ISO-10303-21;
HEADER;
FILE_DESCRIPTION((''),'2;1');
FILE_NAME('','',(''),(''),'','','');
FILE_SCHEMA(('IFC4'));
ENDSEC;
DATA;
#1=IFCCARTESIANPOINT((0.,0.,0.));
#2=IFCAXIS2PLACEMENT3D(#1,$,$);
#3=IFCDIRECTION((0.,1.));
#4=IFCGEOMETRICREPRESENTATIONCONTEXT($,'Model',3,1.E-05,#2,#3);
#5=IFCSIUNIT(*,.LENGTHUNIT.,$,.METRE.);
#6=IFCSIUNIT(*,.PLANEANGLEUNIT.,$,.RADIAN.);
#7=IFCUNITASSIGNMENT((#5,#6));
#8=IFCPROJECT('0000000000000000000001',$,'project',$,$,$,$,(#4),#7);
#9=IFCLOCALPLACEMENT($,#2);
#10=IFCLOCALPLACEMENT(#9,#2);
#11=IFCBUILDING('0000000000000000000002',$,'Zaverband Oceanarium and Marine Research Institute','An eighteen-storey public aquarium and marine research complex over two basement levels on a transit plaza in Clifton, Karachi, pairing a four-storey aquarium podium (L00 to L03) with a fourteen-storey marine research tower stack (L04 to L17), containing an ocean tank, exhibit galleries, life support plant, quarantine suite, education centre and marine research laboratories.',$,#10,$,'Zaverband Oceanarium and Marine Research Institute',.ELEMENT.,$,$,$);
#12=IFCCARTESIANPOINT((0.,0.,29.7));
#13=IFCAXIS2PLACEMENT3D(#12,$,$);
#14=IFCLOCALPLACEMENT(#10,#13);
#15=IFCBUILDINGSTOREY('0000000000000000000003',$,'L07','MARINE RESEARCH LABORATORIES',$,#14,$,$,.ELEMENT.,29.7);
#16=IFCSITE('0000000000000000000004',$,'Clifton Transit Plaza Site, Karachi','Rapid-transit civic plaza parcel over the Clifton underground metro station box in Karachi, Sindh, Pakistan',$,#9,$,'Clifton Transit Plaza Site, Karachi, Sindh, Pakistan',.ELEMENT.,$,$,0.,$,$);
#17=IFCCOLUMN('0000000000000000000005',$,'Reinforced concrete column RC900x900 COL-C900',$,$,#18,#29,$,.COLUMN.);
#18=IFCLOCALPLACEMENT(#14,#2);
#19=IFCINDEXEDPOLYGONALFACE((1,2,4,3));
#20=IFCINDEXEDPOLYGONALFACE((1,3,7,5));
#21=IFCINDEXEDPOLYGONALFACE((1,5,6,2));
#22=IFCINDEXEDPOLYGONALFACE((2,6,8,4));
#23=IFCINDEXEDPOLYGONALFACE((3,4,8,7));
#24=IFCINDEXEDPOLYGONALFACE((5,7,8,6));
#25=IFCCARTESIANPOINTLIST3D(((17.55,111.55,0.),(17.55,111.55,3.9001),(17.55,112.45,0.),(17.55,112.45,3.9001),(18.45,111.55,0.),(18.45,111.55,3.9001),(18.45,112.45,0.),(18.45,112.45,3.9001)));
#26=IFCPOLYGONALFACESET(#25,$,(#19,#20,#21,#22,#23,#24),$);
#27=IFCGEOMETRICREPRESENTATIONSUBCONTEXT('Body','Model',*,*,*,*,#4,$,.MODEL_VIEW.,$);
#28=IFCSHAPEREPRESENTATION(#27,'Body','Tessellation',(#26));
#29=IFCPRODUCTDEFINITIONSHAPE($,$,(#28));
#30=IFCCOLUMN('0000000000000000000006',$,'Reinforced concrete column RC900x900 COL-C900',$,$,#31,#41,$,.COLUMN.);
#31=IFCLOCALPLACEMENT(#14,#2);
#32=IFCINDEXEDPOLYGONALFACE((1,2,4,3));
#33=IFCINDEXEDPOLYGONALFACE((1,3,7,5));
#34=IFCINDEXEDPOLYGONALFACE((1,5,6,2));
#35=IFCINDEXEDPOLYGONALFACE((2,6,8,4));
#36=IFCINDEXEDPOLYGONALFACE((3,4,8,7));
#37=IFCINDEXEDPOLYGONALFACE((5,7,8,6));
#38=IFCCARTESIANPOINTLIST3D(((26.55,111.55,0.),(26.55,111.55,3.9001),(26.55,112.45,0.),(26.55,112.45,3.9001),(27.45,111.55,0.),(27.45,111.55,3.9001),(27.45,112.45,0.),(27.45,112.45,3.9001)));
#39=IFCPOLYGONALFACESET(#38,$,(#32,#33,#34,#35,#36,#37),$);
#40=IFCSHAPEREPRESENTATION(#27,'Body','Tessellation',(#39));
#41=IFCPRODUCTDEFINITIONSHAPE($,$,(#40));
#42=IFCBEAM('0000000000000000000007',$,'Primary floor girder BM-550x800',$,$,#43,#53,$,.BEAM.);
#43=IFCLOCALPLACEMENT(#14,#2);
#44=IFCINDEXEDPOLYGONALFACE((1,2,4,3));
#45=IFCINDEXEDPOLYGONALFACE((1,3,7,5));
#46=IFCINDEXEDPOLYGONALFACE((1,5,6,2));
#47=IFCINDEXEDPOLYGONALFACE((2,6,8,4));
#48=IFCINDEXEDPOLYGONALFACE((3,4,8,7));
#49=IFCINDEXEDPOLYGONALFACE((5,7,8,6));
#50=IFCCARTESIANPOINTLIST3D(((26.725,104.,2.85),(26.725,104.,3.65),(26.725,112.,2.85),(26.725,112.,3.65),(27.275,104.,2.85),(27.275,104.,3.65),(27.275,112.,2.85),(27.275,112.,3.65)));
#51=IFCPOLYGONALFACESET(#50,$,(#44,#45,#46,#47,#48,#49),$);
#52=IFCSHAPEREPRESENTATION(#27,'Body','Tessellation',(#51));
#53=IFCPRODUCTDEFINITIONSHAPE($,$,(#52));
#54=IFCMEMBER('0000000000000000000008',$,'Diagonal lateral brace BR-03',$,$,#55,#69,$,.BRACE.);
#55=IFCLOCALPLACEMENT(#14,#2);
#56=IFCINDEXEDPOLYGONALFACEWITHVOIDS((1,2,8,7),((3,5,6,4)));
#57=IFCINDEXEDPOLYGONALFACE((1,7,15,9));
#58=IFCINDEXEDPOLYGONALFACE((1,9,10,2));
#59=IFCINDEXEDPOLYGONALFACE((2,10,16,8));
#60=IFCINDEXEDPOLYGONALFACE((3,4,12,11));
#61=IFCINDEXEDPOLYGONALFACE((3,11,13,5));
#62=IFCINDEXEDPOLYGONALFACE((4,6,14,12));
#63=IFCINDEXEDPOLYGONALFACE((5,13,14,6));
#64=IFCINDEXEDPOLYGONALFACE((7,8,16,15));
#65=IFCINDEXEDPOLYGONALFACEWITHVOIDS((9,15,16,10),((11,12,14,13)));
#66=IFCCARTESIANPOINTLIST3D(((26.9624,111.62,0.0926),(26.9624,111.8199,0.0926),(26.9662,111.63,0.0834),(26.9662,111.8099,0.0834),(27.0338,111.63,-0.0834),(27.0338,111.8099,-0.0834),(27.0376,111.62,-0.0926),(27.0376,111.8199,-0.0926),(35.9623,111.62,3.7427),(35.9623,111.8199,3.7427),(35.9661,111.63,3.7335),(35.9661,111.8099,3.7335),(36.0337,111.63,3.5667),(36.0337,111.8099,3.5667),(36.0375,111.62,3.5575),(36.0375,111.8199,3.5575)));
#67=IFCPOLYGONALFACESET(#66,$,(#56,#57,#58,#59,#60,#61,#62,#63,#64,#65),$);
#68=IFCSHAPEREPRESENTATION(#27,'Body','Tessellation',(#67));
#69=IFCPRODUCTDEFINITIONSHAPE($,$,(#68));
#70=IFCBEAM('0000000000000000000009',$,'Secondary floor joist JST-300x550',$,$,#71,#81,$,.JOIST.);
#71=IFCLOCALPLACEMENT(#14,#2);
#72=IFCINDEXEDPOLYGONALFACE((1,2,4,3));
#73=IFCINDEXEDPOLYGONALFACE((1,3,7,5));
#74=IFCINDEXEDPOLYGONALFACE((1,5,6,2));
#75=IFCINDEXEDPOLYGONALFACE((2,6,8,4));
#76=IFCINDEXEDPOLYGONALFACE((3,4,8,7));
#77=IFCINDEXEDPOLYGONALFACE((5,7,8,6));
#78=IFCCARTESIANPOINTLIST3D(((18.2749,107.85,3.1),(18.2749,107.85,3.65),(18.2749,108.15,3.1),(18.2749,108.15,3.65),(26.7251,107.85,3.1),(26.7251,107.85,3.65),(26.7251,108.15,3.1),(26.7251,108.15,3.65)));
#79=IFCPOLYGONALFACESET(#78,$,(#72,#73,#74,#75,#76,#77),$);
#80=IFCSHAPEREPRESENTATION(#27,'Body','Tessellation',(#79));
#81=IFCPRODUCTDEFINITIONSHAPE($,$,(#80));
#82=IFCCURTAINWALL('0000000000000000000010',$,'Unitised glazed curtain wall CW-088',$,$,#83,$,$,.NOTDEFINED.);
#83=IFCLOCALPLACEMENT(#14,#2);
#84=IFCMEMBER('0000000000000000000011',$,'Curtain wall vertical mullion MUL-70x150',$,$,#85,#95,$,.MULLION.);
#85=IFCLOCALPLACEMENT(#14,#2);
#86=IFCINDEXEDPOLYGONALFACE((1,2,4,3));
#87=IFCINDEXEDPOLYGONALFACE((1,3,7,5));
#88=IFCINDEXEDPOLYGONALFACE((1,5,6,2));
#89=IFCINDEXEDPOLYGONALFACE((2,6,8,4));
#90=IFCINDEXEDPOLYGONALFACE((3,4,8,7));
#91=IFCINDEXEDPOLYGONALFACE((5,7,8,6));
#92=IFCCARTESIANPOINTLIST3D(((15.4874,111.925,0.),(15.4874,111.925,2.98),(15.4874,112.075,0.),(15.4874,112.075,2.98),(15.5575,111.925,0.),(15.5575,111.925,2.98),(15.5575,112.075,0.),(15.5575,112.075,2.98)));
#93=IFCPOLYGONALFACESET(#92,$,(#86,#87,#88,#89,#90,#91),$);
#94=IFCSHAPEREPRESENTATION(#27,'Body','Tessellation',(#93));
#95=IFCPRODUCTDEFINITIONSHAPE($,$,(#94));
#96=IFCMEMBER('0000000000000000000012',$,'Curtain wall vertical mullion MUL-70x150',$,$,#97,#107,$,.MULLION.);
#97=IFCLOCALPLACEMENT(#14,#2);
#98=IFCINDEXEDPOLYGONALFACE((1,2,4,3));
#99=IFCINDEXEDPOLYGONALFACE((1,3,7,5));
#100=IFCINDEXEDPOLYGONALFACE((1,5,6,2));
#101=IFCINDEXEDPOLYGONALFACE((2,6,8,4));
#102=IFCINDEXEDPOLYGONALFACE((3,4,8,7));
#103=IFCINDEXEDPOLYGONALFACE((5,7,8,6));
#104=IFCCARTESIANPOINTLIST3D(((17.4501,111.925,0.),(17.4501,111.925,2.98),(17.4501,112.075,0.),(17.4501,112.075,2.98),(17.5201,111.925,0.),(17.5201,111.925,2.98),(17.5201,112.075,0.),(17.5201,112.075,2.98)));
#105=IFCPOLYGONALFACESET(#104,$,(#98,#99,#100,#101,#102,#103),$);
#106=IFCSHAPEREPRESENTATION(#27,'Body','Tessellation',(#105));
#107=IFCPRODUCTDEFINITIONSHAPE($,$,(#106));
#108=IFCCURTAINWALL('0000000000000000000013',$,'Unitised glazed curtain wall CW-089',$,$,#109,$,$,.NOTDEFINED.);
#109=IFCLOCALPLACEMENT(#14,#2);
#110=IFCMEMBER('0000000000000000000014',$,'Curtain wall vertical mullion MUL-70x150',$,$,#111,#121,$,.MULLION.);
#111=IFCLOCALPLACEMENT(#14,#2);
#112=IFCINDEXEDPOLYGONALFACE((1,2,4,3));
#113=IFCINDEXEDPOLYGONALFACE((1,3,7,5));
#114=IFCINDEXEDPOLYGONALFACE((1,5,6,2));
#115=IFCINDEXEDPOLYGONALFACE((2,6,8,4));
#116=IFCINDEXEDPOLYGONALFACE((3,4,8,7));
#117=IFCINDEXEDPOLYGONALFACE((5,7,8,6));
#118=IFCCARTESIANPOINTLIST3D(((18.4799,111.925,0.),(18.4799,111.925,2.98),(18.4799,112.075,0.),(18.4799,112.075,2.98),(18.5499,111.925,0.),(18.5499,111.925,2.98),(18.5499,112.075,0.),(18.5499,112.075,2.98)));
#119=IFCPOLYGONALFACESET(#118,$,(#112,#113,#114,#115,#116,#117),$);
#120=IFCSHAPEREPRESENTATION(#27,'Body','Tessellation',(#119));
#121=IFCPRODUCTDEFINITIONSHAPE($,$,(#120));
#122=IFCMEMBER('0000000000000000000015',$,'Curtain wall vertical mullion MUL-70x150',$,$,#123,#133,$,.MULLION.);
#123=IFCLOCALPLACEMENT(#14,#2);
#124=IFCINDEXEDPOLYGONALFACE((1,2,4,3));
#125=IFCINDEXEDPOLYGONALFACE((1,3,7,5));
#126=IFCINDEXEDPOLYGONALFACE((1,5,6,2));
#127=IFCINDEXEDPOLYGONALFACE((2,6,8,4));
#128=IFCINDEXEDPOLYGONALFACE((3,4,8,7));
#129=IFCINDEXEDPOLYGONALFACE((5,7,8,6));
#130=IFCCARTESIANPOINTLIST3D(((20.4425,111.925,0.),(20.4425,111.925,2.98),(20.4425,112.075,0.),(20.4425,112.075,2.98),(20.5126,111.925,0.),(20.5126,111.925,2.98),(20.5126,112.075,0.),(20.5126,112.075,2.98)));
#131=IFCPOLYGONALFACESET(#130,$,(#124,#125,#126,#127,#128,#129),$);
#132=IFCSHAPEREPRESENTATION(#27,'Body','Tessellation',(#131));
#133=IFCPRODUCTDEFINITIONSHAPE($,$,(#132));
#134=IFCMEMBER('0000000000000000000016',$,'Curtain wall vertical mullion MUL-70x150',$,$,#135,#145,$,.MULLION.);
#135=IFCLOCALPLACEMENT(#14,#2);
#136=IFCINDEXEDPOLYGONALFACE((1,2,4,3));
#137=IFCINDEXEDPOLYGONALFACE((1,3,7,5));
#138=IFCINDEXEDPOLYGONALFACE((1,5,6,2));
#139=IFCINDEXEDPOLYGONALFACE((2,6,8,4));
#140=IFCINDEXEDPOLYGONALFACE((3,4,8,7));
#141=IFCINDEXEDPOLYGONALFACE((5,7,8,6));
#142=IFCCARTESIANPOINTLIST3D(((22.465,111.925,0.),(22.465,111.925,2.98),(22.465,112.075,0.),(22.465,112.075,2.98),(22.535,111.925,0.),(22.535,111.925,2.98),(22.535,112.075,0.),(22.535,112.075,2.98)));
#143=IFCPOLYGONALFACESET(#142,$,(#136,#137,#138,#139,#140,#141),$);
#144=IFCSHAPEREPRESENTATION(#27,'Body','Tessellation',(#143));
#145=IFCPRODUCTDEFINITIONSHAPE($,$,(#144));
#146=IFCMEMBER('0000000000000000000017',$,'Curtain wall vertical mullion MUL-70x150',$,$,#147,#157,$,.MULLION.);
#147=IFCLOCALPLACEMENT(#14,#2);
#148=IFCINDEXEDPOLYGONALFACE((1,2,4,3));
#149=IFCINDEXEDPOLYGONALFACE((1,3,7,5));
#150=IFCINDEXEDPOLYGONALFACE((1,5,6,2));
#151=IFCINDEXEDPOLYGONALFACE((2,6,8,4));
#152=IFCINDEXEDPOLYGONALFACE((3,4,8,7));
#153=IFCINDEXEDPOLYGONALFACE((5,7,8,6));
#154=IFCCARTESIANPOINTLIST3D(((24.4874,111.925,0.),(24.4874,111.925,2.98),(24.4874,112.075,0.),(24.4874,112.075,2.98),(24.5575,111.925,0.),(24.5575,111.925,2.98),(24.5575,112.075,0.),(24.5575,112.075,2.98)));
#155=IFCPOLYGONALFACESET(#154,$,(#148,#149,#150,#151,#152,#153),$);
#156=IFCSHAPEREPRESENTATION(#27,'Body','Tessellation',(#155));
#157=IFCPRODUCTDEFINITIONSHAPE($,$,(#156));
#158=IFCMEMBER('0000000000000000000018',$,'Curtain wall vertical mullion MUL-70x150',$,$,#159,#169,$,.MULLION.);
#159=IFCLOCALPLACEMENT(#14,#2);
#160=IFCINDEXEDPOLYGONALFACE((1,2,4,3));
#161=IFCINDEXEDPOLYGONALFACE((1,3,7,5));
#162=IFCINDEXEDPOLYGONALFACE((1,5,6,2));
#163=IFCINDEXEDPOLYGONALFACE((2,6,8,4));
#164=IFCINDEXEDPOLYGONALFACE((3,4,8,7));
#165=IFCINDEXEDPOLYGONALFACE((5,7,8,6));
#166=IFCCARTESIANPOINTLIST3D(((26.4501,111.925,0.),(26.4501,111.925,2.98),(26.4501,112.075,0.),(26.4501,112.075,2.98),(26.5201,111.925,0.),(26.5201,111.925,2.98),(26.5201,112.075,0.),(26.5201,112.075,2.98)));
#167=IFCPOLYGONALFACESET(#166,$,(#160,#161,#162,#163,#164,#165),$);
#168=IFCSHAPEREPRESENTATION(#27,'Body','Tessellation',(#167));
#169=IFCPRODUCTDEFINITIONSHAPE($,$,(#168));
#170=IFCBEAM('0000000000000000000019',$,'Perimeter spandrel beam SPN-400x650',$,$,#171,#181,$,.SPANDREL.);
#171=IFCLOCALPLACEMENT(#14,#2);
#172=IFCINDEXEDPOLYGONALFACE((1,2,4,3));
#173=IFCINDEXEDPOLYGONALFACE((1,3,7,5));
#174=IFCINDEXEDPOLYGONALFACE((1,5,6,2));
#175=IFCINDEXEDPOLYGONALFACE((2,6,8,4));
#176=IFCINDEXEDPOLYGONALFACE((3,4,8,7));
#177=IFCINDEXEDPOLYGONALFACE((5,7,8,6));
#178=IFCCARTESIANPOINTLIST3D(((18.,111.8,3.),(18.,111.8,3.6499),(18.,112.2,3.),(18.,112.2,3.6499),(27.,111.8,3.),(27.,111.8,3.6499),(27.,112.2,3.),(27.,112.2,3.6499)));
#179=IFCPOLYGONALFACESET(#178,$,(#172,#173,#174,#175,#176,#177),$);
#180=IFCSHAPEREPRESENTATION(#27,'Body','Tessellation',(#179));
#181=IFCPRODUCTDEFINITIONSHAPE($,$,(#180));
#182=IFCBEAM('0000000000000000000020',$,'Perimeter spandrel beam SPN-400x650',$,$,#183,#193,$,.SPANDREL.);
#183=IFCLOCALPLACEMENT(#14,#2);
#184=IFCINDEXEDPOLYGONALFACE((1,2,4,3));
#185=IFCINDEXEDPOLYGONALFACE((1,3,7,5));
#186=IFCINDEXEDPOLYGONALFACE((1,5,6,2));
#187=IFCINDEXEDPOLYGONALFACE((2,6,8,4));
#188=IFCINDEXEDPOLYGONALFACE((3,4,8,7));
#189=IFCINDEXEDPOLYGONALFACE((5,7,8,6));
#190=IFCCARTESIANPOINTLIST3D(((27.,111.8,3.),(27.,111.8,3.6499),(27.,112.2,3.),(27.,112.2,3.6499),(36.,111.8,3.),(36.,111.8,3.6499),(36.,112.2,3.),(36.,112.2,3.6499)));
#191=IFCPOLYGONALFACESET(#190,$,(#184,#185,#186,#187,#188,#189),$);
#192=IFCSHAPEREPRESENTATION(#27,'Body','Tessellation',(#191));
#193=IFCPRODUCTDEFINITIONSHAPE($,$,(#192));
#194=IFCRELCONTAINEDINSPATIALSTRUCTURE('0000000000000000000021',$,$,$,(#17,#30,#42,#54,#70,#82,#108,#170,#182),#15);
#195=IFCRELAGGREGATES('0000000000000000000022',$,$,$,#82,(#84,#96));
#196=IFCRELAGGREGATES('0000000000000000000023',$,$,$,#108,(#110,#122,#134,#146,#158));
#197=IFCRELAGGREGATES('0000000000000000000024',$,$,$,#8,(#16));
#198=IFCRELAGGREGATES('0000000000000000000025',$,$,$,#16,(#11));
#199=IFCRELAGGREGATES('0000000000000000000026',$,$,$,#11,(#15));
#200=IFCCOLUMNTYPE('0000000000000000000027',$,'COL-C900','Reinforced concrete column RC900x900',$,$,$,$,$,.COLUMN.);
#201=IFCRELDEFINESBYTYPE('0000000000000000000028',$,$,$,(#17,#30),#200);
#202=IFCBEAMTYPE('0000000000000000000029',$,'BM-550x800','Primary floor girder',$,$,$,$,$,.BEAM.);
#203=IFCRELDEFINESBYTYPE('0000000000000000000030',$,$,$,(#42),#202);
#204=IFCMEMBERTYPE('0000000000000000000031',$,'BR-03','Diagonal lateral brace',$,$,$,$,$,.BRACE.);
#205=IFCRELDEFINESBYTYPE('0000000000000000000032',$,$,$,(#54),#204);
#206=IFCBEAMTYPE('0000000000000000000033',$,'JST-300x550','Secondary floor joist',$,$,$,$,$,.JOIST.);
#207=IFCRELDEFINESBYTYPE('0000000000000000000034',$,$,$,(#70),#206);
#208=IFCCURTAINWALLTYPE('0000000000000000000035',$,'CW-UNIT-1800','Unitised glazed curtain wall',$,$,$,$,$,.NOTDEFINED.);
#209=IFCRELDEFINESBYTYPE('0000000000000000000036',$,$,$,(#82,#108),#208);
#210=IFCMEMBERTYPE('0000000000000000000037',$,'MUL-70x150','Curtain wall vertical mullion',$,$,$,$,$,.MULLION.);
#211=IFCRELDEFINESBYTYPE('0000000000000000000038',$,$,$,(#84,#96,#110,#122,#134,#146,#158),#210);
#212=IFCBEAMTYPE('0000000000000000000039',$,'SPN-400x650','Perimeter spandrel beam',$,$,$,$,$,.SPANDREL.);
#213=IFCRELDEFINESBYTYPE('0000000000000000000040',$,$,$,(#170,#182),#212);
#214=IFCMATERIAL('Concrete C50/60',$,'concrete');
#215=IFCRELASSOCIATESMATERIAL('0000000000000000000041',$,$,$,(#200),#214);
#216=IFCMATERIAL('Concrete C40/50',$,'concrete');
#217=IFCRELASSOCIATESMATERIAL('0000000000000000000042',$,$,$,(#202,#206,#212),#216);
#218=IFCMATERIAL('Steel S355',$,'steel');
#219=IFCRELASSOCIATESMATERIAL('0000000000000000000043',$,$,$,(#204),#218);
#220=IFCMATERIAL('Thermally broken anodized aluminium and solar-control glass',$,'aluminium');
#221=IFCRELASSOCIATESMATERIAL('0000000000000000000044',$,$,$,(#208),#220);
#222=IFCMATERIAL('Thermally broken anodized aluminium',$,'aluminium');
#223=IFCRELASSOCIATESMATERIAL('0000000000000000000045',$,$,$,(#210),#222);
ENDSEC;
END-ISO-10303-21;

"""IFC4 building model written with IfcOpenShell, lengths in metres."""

from ifc_helpers import new_model, si_unit, direction, frame, origin, origin_2d, place, context, subcontext, project, spatial, rectangle, hollow_rectangle, extrude, material, material_profile, profile_set, type_object, element, aggregate, save


model = new_model("IFC4")

# Units and contexts
model_context = context("Model", 3, precision=1e-05, world=origin(), true_north=direction((0.0, 1.0)))
body_context = subcontext(model_context, "Body", "Model", "MODEL_VIEW")
ifc_project = project(units=[si_unit("LENGTHUNIT", "METRE"), si_unit("PLANEANGLEUNIT", "RADIAN")], contexts=[model_context])

# Site, building, storey
site_placement = place(None, origin())
site = spatial("IfcSite", under=ifc_project, at=site_placement, Name="Clifton Transit Plaza Site, Karachi", Description="Rapid-transit civic plaza parcel over the Clifton underground metro station box in Karachi, Sindh, Pakistan", LongName="Clifton Transit Plaza Site, Karachi, Sindh, Pakistan", CompositionType="ELEMENT", RefElevation=0.0)
building_placement = place(site_placement, origin())
building = spatial("IfcBuilding", under=site, at=building_placement, Name="Zaverband Oceanarium and Marine Research Institute", Description="An eighteen-storey public aquarium and marine research complex over two basement levels on a transit plaza in Clifton, Karachi, pairing a four-storey aquarium podium (L00 to L03) with a fourteen-storey marine research tower stack (L04 to L17), containing an ocean tank, exhibit galleries, life support plant, quarantine suite, education centre and marine research laboratories.", LongName="Zaverband Oceanarium and Marine Research Institute", CompositionType="ELEMENT")
storey_placement = place(building_placement, frame((0.0, 0.0, 29.7)))
storey = spatial("IfcBuildingStorey", under=building, at=storey_placement, Name="L07", Description="MARINE RESEARCH LABORATORIES", CompositionType="ELEMENT", Elevation=29.7)

# Columns
ifc_material_1 = material(Name="Concrete C50/60", Category="concrete")
ifc_material_profile_1 = material_profile(ifc_material_1, rectangle(XDim=0.8999, YDim=0.8999, at=origin_2d()), Name="RC900x900")
ifc_profile_set_1 = profile_set([ifc_material_profile_1], Name="Concrete C50/60")
column_type = type_object("IfcColumnType", Name="COL-C900", Description="Reinforced concrete column RC900x900", PredefinedType="COLUMN", material=ifc_profile_set_1)
for number, where, z_axis, x_axis, name in (
    (1, (18.0, 112.0, 0.0), (0.0, 0.0, 1.0), (1.0, 0.0, 0.0), "Reinforced concrete column RC900x900 COL-C900"),
    (2, (27.0, 112.0, 0.0), (0.0, 0.0, 1.0), (1.0, 0.0, 0.0), "Reinforced concrete column RC900x900 COL-C900"),
):
    element("IfcColumn", number, at=place(storey_placement, frame(where, z_axis=z_axis, x_axis=x_axis)), inside=storey, type_object=column_type, Name=name, PredefinedType="COLUMN", context=body_context, shape_type="SweptSolid", body=[
        extrude(rectangle(XDim=0.8999, YDim=0.8999, at=origin_2d()), origin(), (0.0, 0.0, 1.0), 3.9001),
    ])

# Beam
ifc_material_2 = material(Name="Concrete C40/50", Category="concrete")
ifc_material_profile_2 = material_profile(ifc_material_2, rectangle(XDim=0.55, YDim=0.8, at=origin_2d()), Name="RC550x800")
ifc_profile_set_2 = profile_set([ifc_material_profile_2], Name="Concrete C40/50")
beam_type_1 = type_object("IfcBeamType", Name="BM-550x800", Description="Primary floor girder", PredefinedType="BEAM", material=ifc_profile_set_2)
beam_1_placement = place(storey_placement, frame((27.0, 104.0, 3.25), z_axis=(0.0, 1.0, 0.0), x_axis=(-1.0, 0.0, 0.0)))
element("IfcBeam", 3, at=beam_1_placement, inside=storey, type_object=beam_type_1, Name="Primary floor girder BM-550x800", PredefinedType="BEAM", context=body_context, shape_type="SweptSolid", body=[
    extrude(rectangle(XDim=0.55, YDim=0.8, at=origin_2d()), origin(), (0.0, 0.0, 1.0), 8.0),
])

# Member
ifc_material_3 = material(Name="Steel S355", Category="steel")
ifc_material_profile_3 = material_profile(ifc_material_3, hollow_rectangle(XDim=0.2, YDim=0.2, WallThickness=0.01, at=origin_2d()), Name="SHS200x200x10")
ifc_profile_set_3 = profile_set([ifc_material_profile_3], Name="Steel S355")
member_type_1 = type_object("IfcMemberType", Name="BR-03", Description="Diagonal lateral brace", PredefinedType="BRACE", material=ifc_profile_set_3)
member_1_placement = place(storey_placement, frame((27.0, 111.72, 0.0), z_axis=(0.926686, 0.0, 0.375838), x_axis=(0.0, 1.0, 0.0)))
element("IfcMember", 4, at=member_1_placement, inside=storey, type_object=member_type_1, Name="Diagonal lateral brace BR-03", PredefinedType="BRACE", context=body_context, shape_type="SweptSolid", body=[
    extrude(hollow_rectangle(XDim=0.2, YDim=0.2, WallThickness=0.01, at=origin_2d()), origin(), (0.0, 0.0, 1.0), 9.7119),
])

# Beam
ifc_material_profile_4 = material_profile(ifc_material_2, rectangle(XDim=0.3, YDim=0.55, at=origin_2d()), Name="RC300x550")
ifc_profile_set_4 = profile_set([ifc_material_profile_4], Name="Concrete C40/50")
beam_type_2 = type_object("IfcBeamType", Name="JST-300x550", Description="Secondary floor joist", PredefinedType="JOIST", material=ifc_profile_set_4)
beam_2_placement = place(storey_placement, frame((18.2749, 108.0, 3.375), z_axis=(1.0, 0.0, 0.0), x_axis=(0.0, 1.0, 0.0)))
element("IfcBeam", 5, at=beam_2_placement, inside=storey, type_object=beam_type_2, Name="Secondary floor joist JST-300x550", PredefinedType="JOIST", context=body_context, shape_type="SweptSolid", body=[
    extrude(rectangle(XDim=0.3, YDim=0.55, at=origin_2d()), origin(), (0.0, 0.0, 1.0), 8.4502),
])

# Curtain walls, members
ifc_material_4 = material(Name="Thermally broken anodized aluminium and solar-control glass", Category="aluminium")
curtain_wall_type = type_object("IfcCurtainWallType", Name="CW-UNIT-1800", Description="Unitised glazed curtain wall", PredefinedType="NOTDEFINED", material=ifc_material_4)
curtain_wall_1_placement = place(storey_placement, origin())
curtain_wall_1 = element("IfcCurtainWall", 6, at=curtain_wall_1_placement, inside=storey, type_object=curtain_wall_type, Name="Unitised glazed curtain wall CW-088", PredefinedType="NOTDEFINED")
ifc_material_5 = material(Name="Thermally broken anodized aluminium", Category="aluminium")
ifc_material_profile_5 = material_profile(ifc_material_5, rectangle(XDim=0.0701, YDim=0.1499, at=origin_2d()), Name="AL-MUL-70x150")
ifc_profile_set_5 = profile_set([ifc_material_profile_5], Name="Thermally broken anodized aluminium")
member_type_2 = type_object("IfcMemberType", Name="MUL-70x150", Description="Curtain wall vertical mullion", PredefinedType="MULLION", material=ifc_profile_set_5)
member_2_placement = place(storey_placement, frame((15.5225, 112.0, 0.0), z_axis=(0.0, 0.0, 1.0), x_axis=(1.0, 0.0, 0.0)))
member_2 = element("IfcMember", 7, at=member_2_placement, type_object=member_type_2, Name="Curtain wall vertical mullion MUL-70x150", PredefinedType="MULLION", context=body_context, shape_type="SweptSolid", body=[
    extrude(rectangle(XDim=0.0701, YDim=0.1499, at=origin_2d()), origin(), (0.0, 0.0, 1.0), 2.98),
])
member_3_placement = place(storey_placement, frame((17.4851, 112.0, 0.0), z_axis=(0.0, 0.0, 1.0), x_axis=(1.0, 0.0, 0.0)))
member_3 = element("IfcMember", 8, at=member_3_placement, type_object=member_type_2, Name="Curtain wall vertical mullion MUL-70x150", PredefinedType="MULLION", context=body_context, shape_type="SweptSolid", body=[
    extrude(rectangle(XDim=0.0701, YDim=0.1499, at=origin_2d()), origin(), (0.0, 0.0, 1.0), 2.98),
])
curtain_wall_2_placement = place(storey_placement, origin())
curtain_wall_2 = element("IfcCurtainWall", 9, at=curtain_wall_2_placement, inside=storey, type_object=curtain_wall_type, Name="Unitised glazed curtain wall CW-089", PredefinedType="NOTDEFINED")
member_4_placement = place(storey_placement, frame((18.5149, 112.0, 0.0), z_axis=(0.0, 0.0, 1.0), x_axis=(1.0, 0.0, 0.0)))
member_4 = element("IfcMember", 10, at=member_4_placement, type_object=member_type_2, Name="Curtain wall vertical mullion MUL-70x150", PredefinedType="MULLION", context=body_context, shape_type="SweptSolid", body=[
    extrude(rectangle(XDim=0.0701, YDim=0.1499, at=origin_2d()), origin(), (0.0, 0.0, 1.0), 2.98),
])
member_5_placement = place(storey_placement, frame((20.4775, 112.0, 0.0), z_axis=(0.0, 0.0, 1.0), x_axis=(1.0, 0.0, 0.0)))
member_5 = element("IfcMember", 11, at=member_5_placement, type_object=member_type_2, Name="Curtain wall vertical mullion MUL-70x150", PredefinedType="MULLION", context=body_context, shape_type="SweptSolid", body=[
    extrude(rectangle(XDim=0.0701, YDim=0.1499, at=origin_2d()), origin(), (0.0, 0.0, 1.0), 2.98),
])
member_6_placement = place(storey_placement, frame((22.5, 112.0, 0.0), z_axis=(0.0, 0.0, 1.0), x_axis=(1.0, 0.0, 0.0)))
member_6 = element("IfcMember", 12, at=member_6_placement, type_object=member_type_2, Name="Curtain wall vertical mullion MUL-70x150", PredefinedType="MULLION", context=body_context, shape_type="SweptSolid", body=[
    extrude(rectangle(XDim=0.0701, YDim=0.1499, at=origin_2d()), origin(), (0.0, 0.0, 1.0), 2.98),
])
member_7_placement = place(storey_placement, frame((24.5225, 112.0, 0.0), z_axis=(0.0, 0.0, 1.0), x_axis=(1.0, 0.0, 0.0)))
member_7 = element("IfcMember", 13, at=member_7_placement, type_object=member_type_2, Name="Curtain wall vertical mullion MUL-70x150", PredefinedType="MULLION", context=body_context, shape_type="SweptSolid", body=[
    extrude(rectangle(XDim=0.0701, YDim=0.1499, at=origin_2d()), origin(), (0.0, 0.0, 1.0), 2.98),
])
member_8_placement = place(storey_placement, frame((26.4851, 112.0, 0.0), z_axis=(0.0, 0.0, 1.0), x_axis=(1.0, 0.0, 0.0)))
member_8 = element("IfcMember", 14, at=member_8_placement, type_object=member_type_2, Name="Curtain wall vertical mullion MUL-70x150", PredefinedType="MULLION", context=body_context, shape_type="SweptSolid", body=[
    extrude(rectangle(XDim=0.0701, YDim=0.1499, at=origin_2d()), origin(), (0.0, 0.0, 1.0), 2.98),
])

# Beams
ifc_material_profile_6 = material_profile(ifc_material_2, rectangle(XDim=0.3999, YDim=0.6499, at=origin_2d()), Name="RC400x650")
ifc_profile_set_6 = profile_set([ifc_material_profile_6], Name="Concrete C40/50")
beam_type_3 = type_object("IfcBeamType", Name="SPN-400x650", Description="Perimeter spandrel beam", PredefinedType="SPANDREL", material=ifc_profile_set_6)
for number, where, z_axis, x_axis, name in (
    (15, (18.0, 112.0, 3.325), (1.0, 0.0, 0.0), (0.0, 1.0, 0.0), "Perimeter spandrel beam SPN-400x650"),
    (16, (27.0, 112.0, 3.325), (1.0, 0.0, 0.0), (0.0, 1.0, 0.0), "Perimeter spandrel beam SPN-400x650"),
):
    element("IfcBeam", number, at=place(storey_placement, frame(where, z_axis=z_axis, x_axis=x_axis)), inside=storey, type_object=beam_type_3, Name=name, PredefinedType="SPANDREL", context=body_context, shape_type="SweptSolid", body=[
        extrude(rectangle(XDim=0.3999, YDim=0.6499, at=origin_2d()), origin(), (0.0, 0.0, 1.0), 9.0),
    ])

aggregate(curtain_wall_1, [member_2, member_3])
aggregate(curtain_wall_2, [member_4, member_5, member_6, member_7, member_8])

save(model, "model.ifc")
